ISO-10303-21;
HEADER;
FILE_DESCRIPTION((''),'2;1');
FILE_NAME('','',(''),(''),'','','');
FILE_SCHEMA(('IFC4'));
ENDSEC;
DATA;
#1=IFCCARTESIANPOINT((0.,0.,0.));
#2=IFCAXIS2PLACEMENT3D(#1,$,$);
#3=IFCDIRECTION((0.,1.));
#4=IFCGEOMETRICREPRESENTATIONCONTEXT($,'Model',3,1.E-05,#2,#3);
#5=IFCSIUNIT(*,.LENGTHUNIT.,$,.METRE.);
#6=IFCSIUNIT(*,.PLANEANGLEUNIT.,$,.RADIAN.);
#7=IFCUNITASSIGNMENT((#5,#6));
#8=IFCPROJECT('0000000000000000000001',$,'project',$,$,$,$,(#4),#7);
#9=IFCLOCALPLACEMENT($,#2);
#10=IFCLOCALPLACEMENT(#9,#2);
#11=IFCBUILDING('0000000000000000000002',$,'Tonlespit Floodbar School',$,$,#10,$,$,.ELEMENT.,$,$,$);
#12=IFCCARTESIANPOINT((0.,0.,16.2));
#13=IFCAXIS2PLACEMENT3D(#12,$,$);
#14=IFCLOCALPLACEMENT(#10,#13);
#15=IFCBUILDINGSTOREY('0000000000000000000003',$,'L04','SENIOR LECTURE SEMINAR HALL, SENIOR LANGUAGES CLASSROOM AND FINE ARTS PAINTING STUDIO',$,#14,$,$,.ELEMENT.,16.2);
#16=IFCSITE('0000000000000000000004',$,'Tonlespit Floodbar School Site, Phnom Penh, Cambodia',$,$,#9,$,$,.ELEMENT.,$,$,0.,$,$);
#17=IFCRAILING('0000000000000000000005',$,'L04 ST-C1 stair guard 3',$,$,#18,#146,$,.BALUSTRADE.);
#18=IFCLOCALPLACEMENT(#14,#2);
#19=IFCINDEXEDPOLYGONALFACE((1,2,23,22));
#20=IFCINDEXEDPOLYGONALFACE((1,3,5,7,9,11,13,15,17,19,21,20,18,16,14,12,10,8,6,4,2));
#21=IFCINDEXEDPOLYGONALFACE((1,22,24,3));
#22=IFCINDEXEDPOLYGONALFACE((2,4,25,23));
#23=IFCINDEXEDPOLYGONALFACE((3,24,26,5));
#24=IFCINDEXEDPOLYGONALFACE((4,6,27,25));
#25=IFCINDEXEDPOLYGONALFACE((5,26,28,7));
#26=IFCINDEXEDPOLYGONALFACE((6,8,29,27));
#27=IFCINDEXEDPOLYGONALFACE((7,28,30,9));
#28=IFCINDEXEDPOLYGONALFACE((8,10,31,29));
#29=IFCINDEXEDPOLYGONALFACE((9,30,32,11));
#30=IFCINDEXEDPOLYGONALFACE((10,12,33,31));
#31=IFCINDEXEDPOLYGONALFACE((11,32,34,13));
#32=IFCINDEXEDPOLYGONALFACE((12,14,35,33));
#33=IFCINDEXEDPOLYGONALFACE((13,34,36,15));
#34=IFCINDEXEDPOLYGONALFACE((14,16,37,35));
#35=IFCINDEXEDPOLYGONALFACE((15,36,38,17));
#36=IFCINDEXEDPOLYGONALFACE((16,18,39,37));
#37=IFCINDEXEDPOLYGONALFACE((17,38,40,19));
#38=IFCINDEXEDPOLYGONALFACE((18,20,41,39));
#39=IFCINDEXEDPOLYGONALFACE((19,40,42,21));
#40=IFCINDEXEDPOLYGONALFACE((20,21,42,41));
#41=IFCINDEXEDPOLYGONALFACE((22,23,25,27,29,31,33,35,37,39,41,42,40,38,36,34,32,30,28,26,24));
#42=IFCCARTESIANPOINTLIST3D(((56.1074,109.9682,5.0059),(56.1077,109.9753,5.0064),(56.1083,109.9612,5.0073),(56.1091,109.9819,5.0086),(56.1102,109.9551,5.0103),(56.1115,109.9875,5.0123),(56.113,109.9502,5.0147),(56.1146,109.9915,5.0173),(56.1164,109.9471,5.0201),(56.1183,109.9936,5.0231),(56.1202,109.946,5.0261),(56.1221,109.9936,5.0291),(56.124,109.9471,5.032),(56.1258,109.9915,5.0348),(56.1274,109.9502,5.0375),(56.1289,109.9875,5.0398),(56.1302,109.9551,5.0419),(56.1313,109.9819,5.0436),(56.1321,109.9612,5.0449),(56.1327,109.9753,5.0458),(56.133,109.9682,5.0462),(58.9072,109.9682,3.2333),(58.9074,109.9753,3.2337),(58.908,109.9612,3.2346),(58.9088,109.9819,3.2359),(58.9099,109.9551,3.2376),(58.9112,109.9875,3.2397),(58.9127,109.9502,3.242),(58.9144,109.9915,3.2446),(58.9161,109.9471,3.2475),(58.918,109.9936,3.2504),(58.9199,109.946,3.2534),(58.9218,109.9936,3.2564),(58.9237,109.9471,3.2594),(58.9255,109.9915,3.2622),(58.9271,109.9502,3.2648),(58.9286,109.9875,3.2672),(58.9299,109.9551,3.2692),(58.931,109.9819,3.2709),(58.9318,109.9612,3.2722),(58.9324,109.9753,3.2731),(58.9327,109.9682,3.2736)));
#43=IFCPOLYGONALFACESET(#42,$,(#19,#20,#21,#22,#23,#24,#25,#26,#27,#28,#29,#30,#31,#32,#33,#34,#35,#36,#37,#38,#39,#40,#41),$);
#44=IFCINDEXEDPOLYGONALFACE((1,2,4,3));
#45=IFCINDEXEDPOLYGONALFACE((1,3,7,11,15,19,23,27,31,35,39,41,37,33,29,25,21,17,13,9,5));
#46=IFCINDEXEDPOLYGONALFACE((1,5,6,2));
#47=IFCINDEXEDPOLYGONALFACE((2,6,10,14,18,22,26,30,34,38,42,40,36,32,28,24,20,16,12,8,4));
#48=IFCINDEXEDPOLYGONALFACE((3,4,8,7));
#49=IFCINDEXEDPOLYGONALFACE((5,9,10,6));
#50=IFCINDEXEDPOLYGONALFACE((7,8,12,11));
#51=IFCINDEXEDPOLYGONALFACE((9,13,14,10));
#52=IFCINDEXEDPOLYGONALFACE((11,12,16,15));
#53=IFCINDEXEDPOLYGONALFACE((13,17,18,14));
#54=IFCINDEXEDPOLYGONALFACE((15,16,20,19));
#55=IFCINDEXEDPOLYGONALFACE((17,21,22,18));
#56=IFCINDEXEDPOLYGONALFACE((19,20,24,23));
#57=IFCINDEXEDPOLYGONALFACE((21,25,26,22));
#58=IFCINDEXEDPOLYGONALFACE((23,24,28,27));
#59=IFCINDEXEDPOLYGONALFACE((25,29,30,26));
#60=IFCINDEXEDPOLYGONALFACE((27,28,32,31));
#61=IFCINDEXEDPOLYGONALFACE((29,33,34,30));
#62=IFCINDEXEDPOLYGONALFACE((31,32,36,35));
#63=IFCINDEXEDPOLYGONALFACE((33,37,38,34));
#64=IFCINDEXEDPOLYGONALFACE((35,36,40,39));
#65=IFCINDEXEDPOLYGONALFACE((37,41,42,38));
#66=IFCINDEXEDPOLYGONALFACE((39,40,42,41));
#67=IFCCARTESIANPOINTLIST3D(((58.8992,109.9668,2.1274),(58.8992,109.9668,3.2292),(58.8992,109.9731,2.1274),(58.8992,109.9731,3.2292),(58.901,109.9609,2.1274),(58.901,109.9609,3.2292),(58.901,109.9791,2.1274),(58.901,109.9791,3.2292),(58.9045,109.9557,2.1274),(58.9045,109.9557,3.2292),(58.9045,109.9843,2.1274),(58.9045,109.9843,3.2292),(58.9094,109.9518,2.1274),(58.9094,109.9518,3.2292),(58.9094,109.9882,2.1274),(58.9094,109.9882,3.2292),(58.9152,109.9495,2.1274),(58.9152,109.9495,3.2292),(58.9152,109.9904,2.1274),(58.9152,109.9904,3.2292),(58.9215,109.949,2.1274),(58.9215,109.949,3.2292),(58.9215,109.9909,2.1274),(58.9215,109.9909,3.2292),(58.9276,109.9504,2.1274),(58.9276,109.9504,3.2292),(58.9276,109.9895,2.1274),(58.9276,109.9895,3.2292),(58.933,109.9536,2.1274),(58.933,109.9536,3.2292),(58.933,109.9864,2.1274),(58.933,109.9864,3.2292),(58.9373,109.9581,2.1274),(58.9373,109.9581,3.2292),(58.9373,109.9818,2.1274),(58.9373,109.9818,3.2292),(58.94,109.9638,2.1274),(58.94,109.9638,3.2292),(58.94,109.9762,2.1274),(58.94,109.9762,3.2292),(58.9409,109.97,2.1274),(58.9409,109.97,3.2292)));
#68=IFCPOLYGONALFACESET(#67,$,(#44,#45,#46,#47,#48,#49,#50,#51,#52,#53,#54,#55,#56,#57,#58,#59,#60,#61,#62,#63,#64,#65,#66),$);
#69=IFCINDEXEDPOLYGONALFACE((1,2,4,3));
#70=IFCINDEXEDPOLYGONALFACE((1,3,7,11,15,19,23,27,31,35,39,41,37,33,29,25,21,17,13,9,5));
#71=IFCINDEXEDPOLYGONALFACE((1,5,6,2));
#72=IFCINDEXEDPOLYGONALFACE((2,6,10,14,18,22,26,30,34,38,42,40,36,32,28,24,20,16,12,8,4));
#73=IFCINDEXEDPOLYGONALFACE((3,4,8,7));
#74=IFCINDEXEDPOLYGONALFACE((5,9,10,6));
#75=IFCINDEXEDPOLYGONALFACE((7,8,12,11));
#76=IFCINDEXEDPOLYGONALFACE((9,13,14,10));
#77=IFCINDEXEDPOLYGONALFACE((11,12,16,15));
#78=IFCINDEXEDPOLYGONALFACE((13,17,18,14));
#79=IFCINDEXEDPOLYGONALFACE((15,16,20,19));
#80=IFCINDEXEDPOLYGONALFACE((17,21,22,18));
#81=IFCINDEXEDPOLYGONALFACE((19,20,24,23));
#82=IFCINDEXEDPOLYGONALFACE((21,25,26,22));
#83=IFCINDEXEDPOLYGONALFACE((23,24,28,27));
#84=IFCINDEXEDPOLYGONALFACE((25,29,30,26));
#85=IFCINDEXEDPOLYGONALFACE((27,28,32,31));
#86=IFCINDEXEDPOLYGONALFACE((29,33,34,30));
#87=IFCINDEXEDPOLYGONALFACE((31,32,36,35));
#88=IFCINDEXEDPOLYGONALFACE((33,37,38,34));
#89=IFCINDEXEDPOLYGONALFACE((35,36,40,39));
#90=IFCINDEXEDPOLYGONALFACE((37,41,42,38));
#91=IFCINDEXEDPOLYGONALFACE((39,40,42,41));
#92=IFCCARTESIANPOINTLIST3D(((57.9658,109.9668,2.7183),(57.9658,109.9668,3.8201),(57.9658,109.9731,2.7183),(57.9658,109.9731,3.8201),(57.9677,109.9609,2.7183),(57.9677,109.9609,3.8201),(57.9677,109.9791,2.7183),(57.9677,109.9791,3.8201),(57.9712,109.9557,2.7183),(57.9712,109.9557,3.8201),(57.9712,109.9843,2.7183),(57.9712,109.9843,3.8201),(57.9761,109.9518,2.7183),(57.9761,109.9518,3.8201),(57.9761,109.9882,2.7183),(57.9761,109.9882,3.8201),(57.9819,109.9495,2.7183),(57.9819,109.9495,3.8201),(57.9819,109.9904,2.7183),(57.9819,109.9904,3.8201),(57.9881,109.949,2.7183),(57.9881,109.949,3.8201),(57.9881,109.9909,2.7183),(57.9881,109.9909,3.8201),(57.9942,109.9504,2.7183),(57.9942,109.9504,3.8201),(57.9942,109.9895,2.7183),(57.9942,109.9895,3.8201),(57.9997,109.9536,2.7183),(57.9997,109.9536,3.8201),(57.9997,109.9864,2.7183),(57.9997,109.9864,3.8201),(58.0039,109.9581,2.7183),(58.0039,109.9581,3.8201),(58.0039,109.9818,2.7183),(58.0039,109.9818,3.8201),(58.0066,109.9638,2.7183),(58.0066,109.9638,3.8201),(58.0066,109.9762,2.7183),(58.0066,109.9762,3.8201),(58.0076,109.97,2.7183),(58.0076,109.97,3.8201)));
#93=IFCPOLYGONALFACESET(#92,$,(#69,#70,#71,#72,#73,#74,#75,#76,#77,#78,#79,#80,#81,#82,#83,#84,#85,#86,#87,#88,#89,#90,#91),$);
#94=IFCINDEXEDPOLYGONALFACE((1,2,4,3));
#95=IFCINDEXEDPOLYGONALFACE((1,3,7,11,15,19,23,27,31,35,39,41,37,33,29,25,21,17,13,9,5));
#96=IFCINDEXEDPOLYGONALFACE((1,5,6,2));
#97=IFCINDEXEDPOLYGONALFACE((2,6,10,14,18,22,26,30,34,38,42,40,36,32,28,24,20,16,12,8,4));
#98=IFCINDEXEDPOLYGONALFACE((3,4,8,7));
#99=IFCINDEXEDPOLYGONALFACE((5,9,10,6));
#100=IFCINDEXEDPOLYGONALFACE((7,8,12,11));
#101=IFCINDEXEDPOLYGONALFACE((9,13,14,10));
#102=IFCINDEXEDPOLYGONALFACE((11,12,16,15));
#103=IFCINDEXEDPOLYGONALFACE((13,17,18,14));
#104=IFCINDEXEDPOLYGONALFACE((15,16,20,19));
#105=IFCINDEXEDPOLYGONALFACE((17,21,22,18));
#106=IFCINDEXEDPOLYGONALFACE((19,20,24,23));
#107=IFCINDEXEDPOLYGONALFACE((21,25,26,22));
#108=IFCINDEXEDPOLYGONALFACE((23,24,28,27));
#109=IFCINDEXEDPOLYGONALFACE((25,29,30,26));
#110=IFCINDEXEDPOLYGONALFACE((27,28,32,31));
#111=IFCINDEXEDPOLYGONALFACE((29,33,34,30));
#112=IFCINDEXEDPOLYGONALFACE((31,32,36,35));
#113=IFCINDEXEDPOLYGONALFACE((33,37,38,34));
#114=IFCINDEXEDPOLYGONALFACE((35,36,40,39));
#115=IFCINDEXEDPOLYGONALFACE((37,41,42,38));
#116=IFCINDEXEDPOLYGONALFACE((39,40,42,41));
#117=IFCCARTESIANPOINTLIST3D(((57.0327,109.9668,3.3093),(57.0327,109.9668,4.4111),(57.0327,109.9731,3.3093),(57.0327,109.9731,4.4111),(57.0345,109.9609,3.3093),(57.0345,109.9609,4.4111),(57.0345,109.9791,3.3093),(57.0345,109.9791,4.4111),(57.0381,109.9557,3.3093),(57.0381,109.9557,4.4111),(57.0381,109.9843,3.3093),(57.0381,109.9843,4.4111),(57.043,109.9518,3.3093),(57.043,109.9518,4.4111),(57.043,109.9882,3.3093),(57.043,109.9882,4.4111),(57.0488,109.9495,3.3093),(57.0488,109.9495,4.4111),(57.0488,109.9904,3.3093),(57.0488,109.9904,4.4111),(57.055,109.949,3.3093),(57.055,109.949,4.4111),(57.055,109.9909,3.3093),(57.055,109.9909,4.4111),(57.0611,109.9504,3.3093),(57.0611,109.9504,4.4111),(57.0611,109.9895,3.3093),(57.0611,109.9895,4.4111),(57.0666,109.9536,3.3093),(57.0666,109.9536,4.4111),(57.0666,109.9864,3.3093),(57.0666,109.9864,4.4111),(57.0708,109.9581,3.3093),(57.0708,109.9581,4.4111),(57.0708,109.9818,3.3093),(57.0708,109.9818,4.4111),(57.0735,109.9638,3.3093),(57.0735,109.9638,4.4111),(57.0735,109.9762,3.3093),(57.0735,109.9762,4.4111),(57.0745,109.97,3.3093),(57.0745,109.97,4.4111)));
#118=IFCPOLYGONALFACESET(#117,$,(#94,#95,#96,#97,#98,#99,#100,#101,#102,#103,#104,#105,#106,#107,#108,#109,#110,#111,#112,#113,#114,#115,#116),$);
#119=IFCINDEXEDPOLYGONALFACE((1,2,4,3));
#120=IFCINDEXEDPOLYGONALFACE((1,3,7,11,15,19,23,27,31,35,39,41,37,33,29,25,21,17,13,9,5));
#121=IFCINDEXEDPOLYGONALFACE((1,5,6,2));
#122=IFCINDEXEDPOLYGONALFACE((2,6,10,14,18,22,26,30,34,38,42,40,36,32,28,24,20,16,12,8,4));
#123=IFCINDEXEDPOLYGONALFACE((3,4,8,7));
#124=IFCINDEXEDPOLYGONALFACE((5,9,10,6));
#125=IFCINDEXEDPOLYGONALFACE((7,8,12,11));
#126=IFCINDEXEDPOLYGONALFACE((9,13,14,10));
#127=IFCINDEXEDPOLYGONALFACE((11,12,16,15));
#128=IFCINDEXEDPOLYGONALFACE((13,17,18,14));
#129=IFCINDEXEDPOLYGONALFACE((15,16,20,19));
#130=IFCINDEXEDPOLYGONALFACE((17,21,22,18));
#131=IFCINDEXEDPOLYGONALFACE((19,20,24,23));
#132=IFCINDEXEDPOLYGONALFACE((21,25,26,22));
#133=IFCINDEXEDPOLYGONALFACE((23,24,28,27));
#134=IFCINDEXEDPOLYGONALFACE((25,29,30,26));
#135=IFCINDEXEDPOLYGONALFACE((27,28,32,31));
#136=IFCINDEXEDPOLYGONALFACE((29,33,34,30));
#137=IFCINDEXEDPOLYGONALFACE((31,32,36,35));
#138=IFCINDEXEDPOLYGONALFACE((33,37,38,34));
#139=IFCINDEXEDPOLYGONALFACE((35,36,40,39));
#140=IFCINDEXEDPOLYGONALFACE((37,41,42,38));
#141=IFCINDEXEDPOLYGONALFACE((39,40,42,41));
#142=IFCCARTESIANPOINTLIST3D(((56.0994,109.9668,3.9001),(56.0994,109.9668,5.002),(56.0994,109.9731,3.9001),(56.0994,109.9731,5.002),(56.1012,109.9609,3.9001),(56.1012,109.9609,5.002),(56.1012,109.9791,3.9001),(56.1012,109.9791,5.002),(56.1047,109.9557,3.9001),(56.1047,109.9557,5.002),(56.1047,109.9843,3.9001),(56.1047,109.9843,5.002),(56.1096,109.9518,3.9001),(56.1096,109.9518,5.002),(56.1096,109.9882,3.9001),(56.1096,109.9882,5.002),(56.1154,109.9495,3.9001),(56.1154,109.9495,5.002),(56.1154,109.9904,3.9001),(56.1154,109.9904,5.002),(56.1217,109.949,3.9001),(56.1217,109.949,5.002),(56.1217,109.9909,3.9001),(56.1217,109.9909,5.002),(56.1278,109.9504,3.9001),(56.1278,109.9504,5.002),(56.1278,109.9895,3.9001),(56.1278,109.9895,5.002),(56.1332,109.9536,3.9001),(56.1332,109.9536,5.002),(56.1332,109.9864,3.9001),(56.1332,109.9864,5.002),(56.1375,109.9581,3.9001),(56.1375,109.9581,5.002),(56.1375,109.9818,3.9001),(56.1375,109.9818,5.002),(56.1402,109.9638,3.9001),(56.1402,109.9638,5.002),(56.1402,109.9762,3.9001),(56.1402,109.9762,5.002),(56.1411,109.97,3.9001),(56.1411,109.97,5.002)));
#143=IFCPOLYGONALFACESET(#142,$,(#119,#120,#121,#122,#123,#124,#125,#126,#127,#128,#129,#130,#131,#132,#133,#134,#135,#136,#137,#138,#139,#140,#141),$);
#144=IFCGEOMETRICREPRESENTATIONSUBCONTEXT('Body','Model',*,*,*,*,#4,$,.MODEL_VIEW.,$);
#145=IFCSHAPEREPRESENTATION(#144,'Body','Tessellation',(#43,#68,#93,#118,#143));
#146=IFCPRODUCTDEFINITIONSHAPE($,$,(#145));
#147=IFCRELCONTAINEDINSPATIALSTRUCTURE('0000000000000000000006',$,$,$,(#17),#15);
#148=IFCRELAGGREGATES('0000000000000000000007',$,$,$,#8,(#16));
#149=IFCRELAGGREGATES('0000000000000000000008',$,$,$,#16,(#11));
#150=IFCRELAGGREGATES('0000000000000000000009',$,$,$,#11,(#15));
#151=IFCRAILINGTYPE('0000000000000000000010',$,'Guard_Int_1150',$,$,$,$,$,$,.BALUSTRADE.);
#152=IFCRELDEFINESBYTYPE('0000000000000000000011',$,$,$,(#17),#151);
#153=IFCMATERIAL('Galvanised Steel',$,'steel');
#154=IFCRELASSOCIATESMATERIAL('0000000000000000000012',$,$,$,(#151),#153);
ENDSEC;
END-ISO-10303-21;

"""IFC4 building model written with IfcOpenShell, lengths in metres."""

from ifc_helpers import new_model, si_unit, direction, frame, origin, origin_2d, place, context, subcontext, project, spatial, circle, extrude, material, type_object, element, save


model = new_model("IFC4")

# Units and contexts
model_context = context("Model", 3, precision=1e-05, world=origin(), true_north=direction((0.0, 1.0)))
body_context = subcontext(model_context, "Body", "Model", "MODEL_VIEW")
ifc_project = project(units=[si_unit("LENGTHUNIT", "METRE"), si_unit("PLANEANGLEUNIT", "RADIAN")], contexts=[model_context])

# Site, building, storey
site_placement = place(None, origin())
site = spatial("IfcSite", under=ifc_project, at=site_placement, Name="Tonlespit Floodbar School Site, Phnom Penh, Cambodia", CompositionType="ELEMENT", RefElevation=0.0)
building_placement = place(site_placement, origin())
building = spatial("IfcBuilding", under=site, at=building_placement, Name="Tonlespit Floodbar School", CompositionType="ELEMENT")
storey_placement = place(building_placement, frame((0.0, 0.0, 16.2)))
storey = spatial("IfcBuildingStorey", under=building, at=storey_placement, Name="L04", Description="SENIOR LECTURE SEMINAR HALL, SENIOR LANGUAGES CLASSROOM AND FINE ARTS PAINTING STUDIO", CompositionType="ELEMENT", Elevation=16.2)

# Shared definitions
ifc_material_1 = material(Name="Galvanised Steel", Category="steel")

# Railing
railing_type_1 = type_object("IfcRailingType", Name="Guard_Int_1150", PredefinedType="BALUSTRADE", material=ifc_material_1)
railing_1_placement = place(storey_placement, frame((58.9199, 109.97, 2.1274)))
element("IfcRailing", 1, at=railing_1_placement, inside=storey, type_object=railing_type_1, Name="L04 ST-C1 stair guard 3", PredefinedType="BALUSTRADE", context=body_context, shape_type="SweptSolid", body=[
    extrude(circle(Radius=0.0239, at=origin_2d()), frame((0.0, 0.0, 1.126), z_axis=(-0.844888, 0.0, 0.534943), x_axis=(0.0, -1.0, 0.0)), (0.0, 0.0, 1.0), 3.3137),
    extrude(circle(Radius=0.021, at=origin_2d()), origin(), (0.0, 0.0, 1.0), 1.1018),
    extrude(circle(Radius=0.021, at=origin_2d()), frame((-0.9333, 0.0, 0.5908)), (0.0, 0.0, 1.0), 1.1018),
    extrude(circle(Radius=0.021, at=origin_2d()), frame((-1.8665, 0.0, 1.1819)), (0.0, 0.0, 1.0), 1.1018),
    extrude(circle(Radius=0.021, at=origin_2d()), frame((-2.7998, 0.0, 1.7727)), (0.0, 0.0, 1.0), 1.1018),
])

save(model, "model.ifc")
